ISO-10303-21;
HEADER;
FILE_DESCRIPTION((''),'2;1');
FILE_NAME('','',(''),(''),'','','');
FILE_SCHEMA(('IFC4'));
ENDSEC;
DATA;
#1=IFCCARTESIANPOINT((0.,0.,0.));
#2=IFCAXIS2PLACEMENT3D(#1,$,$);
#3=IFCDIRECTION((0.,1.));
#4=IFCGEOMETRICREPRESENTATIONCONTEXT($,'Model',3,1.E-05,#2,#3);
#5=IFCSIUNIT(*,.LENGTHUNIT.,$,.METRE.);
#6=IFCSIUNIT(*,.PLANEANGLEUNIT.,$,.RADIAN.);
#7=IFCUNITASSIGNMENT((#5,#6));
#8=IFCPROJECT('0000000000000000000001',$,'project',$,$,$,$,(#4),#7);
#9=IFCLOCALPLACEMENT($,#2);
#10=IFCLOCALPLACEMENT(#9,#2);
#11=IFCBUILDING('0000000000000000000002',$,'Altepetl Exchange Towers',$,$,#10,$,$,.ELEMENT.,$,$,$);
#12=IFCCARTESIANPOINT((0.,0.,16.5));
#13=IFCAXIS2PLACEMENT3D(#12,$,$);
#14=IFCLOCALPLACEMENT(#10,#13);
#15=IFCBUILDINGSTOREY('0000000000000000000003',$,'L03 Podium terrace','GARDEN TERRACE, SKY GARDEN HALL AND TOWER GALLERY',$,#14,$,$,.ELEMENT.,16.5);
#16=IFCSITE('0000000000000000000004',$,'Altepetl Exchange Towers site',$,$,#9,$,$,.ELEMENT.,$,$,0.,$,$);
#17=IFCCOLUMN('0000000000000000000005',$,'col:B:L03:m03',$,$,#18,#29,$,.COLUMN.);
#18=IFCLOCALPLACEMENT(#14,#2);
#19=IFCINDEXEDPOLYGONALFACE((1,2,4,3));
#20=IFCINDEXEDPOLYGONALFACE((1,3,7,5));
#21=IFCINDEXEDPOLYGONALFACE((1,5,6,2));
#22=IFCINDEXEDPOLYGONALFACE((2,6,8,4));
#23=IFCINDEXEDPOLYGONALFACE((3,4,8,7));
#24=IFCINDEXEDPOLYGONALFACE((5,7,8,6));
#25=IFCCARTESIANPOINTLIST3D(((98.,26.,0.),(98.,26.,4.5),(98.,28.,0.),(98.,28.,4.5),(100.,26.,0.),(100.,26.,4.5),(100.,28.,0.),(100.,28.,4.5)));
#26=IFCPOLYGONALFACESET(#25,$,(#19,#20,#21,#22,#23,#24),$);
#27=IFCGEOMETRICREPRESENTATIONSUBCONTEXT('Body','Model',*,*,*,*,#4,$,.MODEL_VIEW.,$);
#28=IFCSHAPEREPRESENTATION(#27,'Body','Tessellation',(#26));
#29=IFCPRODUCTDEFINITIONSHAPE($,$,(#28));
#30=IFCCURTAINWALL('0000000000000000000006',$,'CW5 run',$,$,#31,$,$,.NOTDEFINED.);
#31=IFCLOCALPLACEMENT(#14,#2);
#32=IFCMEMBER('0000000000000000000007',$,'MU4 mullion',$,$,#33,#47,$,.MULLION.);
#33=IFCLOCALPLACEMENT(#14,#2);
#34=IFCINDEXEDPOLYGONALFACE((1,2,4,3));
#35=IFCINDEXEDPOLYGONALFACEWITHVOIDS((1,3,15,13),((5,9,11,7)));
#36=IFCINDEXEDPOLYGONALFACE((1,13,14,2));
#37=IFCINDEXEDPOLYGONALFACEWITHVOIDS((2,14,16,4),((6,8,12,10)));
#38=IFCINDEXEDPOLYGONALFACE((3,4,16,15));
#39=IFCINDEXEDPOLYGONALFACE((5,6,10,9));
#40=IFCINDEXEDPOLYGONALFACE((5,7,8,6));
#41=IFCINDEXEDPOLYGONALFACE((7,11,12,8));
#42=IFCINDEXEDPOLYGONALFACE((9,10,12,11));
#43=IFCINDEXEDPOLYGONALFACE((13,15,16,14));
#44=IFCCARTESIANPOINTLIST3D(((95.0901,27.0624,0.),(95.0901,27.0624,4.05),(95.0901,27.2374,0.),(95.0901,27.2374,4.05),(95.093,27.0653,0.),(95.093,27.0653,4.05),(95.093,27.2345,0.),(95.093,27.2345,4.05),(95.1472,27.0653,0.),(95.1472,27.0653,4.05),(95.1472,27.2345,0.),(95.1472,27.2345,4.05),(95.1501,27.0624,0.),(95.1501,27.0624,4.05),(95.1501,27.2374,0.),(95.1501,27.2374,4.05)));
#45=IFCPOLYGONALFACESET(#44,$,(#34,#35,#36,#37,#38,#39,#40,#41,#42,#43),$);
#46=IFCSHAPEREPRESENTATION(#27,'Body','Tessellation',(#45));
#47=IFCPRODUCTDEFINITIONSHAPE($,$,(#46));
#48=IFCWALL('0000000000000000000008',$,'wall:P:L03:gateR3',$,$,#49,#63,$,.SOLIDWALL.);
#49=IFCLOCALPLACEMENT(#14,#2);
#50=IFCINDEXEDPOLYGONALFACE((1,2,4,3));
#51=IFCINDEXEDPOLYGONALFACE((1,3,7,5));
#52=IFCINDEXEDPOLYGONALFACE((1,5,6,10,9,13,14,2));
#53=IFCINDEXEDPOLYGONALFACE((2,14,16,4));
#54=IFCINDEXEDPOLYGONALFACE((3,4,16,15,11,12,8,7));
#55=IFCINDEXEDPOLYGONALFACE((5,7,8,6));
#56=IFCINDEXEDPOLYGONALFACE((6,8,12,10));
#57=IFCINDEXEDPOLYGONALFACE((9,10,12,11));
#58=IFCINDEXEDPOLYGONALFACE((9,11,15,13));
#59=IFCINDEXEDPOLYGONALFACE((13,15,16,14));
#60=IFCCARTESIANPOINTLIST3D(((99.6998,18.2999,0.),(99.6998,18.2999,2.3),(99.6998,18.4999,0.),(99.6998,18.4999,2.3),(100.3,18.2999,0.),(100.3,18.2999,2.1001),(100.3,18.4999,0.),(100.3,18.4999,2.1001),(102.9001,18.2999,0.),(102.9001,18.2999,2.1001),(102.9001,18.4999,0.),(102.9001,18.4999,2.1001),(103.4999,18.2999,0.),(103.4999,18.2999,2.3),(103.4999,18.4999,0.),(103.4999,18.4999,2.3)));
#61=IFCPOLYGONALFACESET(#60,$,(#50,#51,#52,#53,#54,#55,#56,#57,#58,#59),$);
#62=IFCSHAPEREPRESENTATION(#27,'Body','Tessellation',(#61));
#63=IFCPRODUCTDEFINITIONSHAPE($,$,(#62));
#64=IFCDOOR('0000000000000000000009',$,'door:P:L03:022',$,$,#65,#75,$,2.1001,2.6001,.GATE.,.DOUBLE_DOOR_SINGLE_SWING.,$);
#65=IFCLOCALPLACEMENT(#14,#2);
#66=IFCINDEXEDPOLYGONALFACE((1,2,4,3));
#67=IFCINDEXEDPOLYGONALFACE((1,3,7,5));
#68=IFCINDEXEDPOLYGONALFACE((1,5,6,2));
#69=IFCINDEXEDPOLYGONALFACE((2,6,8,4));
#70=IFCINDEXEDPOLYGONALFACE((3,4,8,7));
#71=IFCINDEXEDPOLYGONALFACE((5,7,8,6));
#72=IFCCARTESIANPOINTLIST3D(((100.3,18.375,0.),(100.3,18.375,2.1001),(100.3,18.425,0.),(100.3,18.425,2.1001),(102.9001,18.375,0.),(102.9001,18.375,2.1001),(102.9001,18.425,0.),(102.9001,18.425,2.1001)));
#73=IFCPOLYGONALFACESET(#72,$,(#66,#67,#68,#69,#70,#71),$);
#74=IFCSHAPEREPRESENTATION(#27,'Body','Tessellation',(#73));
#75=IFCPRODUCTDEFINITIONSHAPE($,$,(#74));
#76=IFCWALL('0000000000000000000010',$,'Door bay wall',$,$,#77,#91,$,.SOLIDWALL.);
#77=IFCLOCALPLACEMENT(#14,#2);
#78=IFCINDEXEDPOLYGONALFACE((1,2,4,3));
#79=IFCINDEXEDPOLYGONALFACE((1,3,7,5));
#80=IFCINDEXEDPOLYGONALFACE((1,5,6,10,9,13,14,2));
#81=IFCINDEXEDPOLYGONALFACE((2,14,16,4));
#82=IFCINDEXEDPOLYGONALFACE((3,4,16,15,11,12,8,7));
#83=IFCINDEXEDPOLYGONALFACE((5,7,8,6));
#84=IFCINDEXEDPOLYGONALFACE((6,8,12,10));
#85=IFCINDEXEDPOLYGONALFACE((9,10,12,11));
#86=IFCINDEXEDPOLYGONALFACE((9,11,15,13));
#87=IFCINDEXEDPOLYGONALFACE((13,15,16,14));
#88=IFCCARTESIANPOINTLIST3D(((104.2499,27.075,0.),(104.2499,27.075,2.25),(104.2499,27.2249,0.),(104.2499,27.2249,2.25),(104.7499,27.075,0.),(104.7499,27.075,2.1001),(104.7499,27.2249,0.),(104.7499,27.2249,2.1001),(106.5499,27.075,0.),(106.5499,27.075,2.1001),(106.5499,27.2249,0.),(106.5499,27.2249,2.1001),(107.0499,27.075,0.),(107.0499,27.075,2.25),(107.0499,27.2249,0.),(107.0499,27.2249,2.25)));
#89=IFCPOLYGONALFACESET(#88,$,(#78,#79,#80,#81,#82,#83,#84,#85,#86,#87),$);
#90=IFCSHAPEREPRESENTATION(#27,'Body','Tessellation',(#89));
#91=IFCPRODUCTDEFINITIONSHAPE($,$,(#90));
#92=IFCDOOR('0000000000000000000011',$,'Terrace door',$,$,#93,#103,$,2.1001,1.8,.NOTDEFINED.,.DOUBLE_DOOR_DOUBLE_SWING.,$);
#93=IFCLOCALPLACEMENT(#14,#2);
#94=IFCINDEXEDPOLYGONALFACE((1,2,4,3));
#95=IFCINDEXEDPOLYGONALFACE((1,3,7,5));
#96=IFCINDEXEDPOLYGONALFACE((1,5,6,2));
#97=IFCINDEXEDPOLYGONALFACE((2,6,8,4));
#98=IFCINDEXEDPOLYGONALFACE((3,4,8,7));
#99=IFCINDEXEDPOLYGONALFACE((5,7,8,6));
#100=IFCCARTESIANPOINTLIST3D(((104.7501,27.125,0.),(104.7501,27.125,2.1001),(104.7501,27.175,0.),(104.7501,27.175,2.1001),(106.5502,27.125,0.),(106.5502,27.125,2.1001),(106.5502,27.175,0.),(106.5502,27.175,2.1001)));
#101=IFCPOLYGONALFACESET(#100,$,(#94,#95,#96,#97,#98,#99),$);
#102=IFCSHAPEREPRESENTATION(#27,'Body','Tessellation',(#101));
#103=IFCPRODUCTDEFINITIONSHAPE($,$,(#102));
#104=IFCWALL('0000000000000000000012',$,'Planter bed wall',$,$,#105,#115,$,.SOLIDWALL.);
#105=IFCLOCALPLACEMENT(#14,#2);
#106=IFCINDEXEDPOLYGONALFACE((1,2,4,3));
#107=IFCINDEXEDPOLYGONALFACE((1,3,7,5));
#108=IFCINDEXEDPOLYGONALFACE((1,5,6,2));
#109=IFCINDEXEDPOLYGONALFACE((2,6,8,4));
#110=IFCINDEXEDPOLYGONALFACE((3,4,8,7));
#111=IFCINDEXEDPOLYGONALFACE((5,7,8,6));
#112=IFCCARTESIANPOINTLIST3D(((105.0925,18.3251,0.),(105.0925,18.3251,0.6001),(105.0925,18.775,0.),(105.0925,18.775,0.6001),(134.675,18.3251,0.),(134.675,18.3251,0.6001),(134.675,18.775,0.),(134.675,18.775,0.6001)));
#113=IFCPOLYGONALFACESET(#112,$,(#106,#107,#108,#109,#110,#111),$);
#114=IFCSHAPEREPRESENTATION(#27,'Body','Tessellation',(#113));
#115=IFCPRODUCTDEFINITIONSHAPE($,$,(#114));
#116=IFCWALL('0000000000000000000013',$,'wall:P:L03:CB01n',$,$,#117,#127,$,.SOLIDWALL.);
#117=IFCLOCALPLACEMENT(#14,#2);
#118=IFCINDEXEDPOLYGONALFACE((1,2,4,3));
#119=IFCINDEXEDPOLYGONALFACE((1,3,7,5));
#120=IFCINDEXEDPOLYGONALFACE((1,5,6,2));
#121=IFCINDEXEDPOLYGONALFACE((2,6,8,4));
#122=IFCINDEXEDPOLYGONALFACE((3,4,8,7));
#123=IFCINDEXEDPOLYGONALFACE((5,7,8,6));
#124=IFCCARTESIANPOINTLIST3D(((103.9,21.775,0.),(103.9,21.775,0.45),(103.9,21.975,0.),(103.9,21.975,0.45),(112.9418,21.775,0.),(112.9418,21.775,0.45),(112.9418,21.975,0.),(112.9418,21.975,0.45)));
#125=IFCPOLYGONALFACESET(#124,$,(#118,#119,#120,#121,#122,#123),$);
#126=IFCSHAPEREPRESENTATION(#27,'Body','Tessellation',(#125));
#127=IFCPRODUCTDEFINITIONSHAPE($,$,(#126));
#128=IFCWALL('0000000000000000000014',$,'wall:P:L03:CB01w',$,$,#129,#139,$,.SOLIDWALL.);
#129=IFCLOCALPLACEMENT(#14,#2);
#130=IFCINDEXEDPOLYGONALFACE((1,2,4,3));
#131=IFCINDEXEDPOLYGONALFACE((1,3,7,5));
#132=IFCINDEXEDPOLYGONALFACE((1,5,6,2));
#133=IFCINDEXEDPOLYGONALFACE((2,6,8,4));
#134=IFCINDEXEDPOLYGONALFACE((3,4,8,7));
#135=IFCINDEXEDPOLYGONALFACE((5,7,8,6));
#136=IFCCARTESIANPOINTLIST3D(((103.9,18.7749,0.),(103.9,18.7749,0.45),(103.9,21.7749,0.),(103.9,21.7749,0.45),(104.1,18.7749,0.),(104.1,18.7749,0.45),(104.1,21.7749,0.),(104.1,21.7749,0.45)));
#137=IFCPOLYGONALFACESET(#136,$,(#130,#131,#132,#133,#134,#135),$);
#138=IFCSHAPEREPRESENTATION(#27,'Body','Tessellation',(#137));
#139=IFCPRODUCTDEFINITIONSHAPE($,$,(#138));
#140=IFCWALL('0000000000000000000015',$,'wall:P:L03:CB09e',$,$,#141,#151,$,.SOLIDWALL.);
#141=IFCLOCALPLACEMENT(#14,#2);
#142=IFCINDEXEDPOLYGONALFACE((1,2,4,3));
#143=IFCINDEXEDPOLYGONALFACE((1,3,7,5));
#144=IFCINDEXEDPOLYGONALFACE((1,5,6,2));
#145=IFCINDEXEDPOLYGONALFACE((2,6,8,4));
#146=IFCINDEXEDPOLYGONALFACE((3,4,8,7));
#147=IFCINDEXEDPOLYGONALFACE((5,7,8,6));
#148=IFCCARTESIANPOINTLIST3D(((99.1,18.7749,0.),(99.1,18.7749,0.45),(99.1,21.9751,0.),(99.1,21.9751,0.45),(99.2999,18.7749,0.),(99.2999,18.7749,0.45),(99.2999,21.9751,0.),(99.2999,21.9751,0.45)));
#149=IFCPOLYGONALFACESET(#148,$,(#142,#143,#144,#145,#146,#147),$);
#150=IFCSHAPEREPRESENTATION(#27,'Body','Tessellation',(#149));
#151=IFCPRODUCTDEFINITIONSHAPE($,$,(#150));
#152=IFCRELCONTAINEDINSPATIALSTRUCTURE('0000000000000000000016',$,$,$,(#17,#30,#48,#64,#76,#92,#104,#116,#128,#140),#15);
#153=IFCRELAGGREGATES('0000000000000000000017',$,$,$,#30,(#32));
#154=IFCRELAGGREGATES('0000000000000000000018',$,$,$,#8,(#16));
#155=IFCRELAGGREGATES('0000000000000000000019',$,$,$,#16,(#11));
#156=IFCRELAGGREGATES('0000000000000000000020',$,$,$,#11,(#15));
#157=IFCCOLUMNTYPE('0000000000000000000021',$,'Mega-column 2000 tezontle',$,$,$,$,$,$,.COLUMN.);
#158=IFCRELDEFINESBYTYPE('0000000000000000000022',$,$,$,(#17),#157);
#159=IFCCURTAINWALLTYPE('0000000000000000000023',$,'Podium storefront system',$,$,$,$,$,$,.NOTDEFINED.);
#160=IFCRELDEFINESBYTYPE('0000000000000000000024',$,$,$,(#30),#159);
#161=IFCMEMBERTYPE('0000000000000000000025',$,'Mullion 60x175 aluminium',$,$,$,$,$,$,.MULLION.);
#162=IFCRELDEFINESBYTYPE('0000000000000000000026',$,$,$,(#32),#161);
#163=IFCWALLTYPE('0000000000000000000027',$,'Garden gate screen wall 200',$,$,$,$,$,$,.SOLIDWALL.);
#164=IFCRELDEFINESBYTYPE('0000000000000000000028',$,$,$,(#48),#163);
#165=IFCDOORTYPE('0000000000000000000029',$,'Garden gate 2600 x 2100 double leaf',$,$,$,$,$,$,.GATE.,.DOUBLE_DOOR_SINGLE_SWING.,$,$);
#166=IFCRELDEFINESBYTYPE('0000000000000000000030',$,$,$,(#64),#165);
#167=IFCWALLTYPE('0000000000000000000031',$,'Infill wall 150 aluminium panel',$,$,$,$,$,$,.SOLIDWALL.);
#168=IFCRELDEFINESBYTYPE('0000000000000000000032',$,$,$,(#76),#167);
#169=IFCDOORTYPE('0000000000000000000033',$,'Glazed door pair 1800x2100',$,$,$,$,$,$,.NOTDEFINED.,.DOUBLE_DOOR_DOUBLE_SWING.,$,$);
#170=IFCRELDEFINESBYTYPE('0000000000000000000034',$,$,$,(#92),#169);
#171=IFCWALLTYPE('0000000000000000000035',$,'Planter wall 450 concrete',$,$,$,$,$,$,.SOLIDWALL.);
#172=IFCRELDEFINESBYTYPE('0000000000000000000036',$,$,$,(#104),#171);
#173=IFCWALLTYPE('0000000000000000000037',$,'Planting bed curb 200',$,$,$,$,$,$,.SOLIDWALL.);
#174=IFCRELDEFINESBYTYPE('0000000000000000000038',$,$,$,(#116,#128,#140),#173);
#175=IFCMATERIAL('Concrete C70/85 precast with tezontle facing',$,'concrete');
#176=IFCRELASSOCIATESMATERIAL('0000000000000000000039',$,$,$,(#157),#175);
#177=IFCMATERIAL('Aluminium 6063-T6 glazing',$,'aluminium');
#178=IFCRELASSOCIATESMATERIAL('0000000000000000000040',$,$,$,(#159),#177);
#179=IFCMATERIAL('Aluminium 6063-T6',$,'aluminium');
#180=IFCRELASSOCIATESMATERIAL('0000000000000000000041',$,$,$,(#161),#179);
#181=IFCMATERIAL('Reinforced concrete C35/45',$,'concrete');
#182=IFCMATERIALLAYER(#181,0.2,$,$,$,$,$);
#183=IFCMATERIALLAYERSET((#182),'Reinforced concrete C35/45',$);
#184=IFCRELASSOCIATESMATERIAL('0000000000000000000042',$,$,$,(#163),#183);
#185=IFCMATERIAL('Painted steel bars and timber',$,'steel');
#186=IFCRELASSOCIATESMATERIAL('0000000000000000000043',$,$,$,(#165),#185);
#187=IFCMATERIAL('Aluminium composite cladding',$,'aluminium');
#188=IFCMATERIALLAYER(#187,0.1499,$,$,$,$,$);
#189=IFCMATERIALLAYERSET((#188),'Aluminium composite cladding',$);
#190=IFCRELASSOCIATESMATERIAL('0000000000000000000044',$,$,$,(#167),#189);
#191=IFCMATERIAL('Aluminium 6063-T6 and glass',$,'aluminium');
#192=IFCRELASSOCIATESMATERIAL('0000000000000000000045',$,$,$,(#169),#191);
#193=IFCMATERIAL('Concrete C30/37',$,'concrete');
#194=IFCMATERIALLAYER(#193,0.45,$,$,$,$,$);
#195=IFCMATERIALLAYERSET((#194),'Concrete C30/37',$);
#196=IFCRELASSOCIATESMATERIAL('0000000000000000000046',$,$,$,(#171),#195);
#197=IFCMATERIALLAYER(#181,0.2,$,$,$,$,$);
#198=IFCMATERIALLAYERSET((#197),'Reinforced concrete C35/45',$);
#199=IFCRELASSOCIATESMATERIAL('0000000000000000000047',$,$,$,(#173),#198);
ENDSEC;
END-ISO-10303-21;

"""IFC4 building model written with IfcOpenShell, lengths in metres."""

from ifc_helpers import new_model, si_unit, direction, frame, frame_2d, origin, origin_2d, place, context, subcontext, project, spatial, rectangle, hollow_rectangle, extrude, material, layer, layer_set, material_profile, profile_set, type_object, element, fill, aggregate, save


model = new_model("IFC4")

# Units and contexts
model_context = context("Model", 3, precision=1e-05, world=origin(), true_north=direction((0.0, 1.0)))
body_context = subcontext(model_context, "Body", "Model", "MODEL_VIEW")
ifc_project = project(units=[si_unit("LENGTHUNIT", "METRE"), si_unit("PLANEANGLEUNIT", "RADIAN")], contexts=[model_context])

# Site, building, storey
site_placement = place(None, origin())
site = spatial("IfcSite", under=ifc_project, at=site_placement, Name="Altepetl Exchange Towers site", CompositionType="ELEMENT", RefElevation=0.0)
building_placement = place(site_placement, origin())
building = spatial("IfcBuilding", under=site, at=building_placement, Name="Altepetl Exchange Towers", CompositionType="ELEMENT")
storey_placement = place(building_placement, frame((0.0, 0.0, 16.5)))
storey = spatial("IfcBuildingStorey", under=building, at=storey_placement, Name="L03 Podium terrace", Description="GARDEN TERRACE, SKY GARDEN HALL AND TOWER GALLERY", CompositionType="ELEMENT", Elevation=16.5)

# Column
ifc_material_1 = material(Name="Concrete C70/85 precast with tezontle facing", Category="concrete")
ifc_material_profile_1 = material_profile(ifc_material_1, rectangle(XDim=2.0, YDim=2.0, at=origin_2d()), Name="2000 x 2000")
ifc_profile_set_1 = profile_set([ifc_material_profile_1], Name="Concrete C70/85 precast with tezontle facing")
column_type = type_object("IfcColumnType", Name="Mega-column 2000 tezontle", PredefinedType="COLUMN", material=ifc_profile_set_1)
column_placement = place(storey_placement, frame((99.0, 27.0, 0.0)))
element("IfcColumn", 1, at=column_placement, inside=storey, type_object=column_type, Name="col:B:L03:m03", PredefinedType="COLUMN", context=body_context, shape_type="SweptSolid", body=[
    extrude(rectangle(XDim=2.0, YDim=2.0, at=origin_2d()), origin(), (0.0, 0.0, 1.0), 4.5),
])

# Curtain wall, member
ifc_material_2 = material(Name="Aluminium 6063-T6 glazing", Category="aluminium")
curtain_wall_type = type_object("IfcCurtainWallType", Name="Podium storefront system", PredefinedType="NOTDEFINED", material=ifc_material_2)
curtain_wall_placement = place(storey_placement, origin())
curtain_wall = element("IfcCurtainWall", 2, at=curtain_wall_placement, inside=storey, type_object=curtain_wall_type, Name="CW5 run", PredefinedType="NOTDEFINED")
ifc_material_3 = material(Name="Aluminium 6063-T6", Category="aluminium")
ifc_material_profile_2 = material_profile(ifc_material_3, hollow_rectangle(XDim=0.0601, YDim=0.175, WallThickness=0.0029, at=origin_2d()), Name="Mullion 60x175 aluminium")
ifc_profile_set_2 = profile_set([ifc_material_profile_2], Name="Aluminium 6063-T6")
member_type = type_object("IfcMemberType", Name="Mullion 60x175 aluminium", PredefinedType="MULLION", material=ifc_profile_set_2)
member_placement = place(storey_placement, frame((95.1201, 27.1499, 0.0)))
member = element("IfcMember", 3, at=member_placement, type_object=member_type, Name="MU4 mullion", PredefinedType="MULLION", context=body_context, shape_type="SweptSolid", body=[
    extrude(hollow_rectangle(XDim=0.0601, YDim=0.175, WallThickness=0.0029, at=origin_2d()), origin(), (0.0, 0.0, 1.0), 4.05),
])
aggregate(curtain_wall, [member])

# Walls, openings, doors
ifc_material_4 = material(Name="Reinforced concrete C35/45", Category="concrete")
ifc_layer_1 = layer(ifc_material_4, 0.2)
ifc_layer_set_1 = layer_set([ifc_layer_1], Name="Reinforced concrete C35/45")
wall_type_1 = type_object("IfcWallType", Name="Garden gate screen wall 200", PredefinedType="SOLIDWALL", material=ifc_layer_set_1)
wall_1_placement = place(storey_placement, frame((99.7, 18.3999, 0.0)))
wall_1 = element("IfcWall", 4, at=wall_1_placement, inside=storey, type_object=wall_type_1, Name="wall:P:L03:gateR3", PredefinedType="SOLIDWALL", context=body_context, shape_type="SweptSolid", body=[
    extrude(rectangle(XDim=3.8, YDim=0.2, at=frame_2d((1.8999, 0.0))), origin(), (0.0, 0.0, 1.0), 2.3),
])
opening_1_placement = place(wall_1_placement, frame((0.6001, 0.0, 0.0)))
opening_1 = element("IfcOpeningElement", 5, at=opening_1_placement, cuts=wall_1, PredefinedType="OPENING", context=body_context, shape_type="SweptSolid", body=[
    extrude(rectangle(XDim=2.6001, YDim=2.1001, at=frame_2d((1.3, 1.05))), frame((0.0, 0.1099, 0.0), z_axis=(0.0, -1.0, 0.0), x_axis=(1.0, 0.0, 0.0)), (0.0, 0.0, 1.0), 0.22),
])
ifc_material_5 = material(Name="Painted steel bars and timber", Category="steel")
door_type_1 = type_object("IfcDoorType", Name="Garden gate 2600 x 2100 double leaf", OperationType="DOUBLE_DOOR_SINGLE_SWING", PredefinedType="GATE", material=ifc_material_5)
door_1_placement = place(opening_1_placement, frame((2.6001, 0.0, 0.0), x_axis=(-1.0, 0.0, 0.0)))
door_1 = element("IfcDoor", 6, at=door_1_placement, inside=storey, type_object=door_type_1, Name="door:P:L03:022", OperationType="DOUBLE_DOOR_SINGLE_SWING", OverallHeight=2.1001, OverallWidth=2.6001, PredefinedType="GATE", context=body_context, shape_type="SweptSolid", body=[
    extrude(rectangle(XDim=2.6001, YDim=2.1001, at=frame_2d((1.3, 1.05))), frame((0.0, 0.0249, 0.0), z_axis=(0.0, -1.0, 0.0), x_axis=(1.0, 0.0, 0.0)), (0.0, 0.0, 1.0), 0.05),
])
fill(opening_1, door_1)
ifc_material_6 = material(Name="Aluminium composite cladding", Category="aluminium")
ifc_layer_2 = layer(ifc_material_6, 0.1499)
ifc_layer_set_2 = layer_set([ifc_layer_2], Name="Aluminium composite cladding")
wall_type_2 = type_object("IfcWallType", Name="Infill wall 150 aluminium panel", PredefinedType="SOLIDWALL", material=ifc_layer_set_2)
ifc_material_7 = material(Name="Aluminium 6063-T6 and glass", Category="aluminium")
wall_2_placement = place(storey_placement, frame((104.25, 27.1499, 0.0)))
wall_2 = element("IfcWall", 7, at=wall_2_placement, inside=storey, type_object=wall_type_2, Name="Door bay wall", PredefinedType="SOLIDWALL", context=body_context, shape_type="SweptSolid", body=[
    extrude(rectangle(XDim=2.8, YDim=0.1499, at=frame_2d((1.3999, 0.0))), origin(), (0.0, 0.0, 1.0), 2.25),
])
opening_2_placement = place(wall_2_placement, frame((0.5, 0.0, 0.0)))
opening_2 = element("IfcOpeningElement", 8, at=opening_2_placement, cuts=wall_2, PredefinedType="OPENING", context=body_context, shape_type="SweptSolid", body=[
    extrude(rectangle(XDim=1.8, YDim=2.1001, at=frame_2d((0.8999, 1.05))), frame((0.0, 0.085, 0.0), z_axis=(0.0, -1.0, 0.0), x_axis=(1.0, 0.0, 0.0)), (0.0, 0.0, 1.0), 0.1699),
])
door_type_2 = type_object("IfcDoorType", Name="Glazed door pair 1800x2100", OperationType="DOUBLE_DOOR_DOUBLE_SWING", PredefinedType="NOTDEFINED", material=ifc_material_7)
door_2_placement = place(opening_2_placement, frame((1.8, 0.0, 0.0), x_axis=(-1.0, 0.0, 0.0)))
door_2 = element("IfcDoor", 9, at=door_2_placement, inside=storey, type_object=door_type_2, Name="Terrace door", OperationType="DOUBLE_DOOR_DOUBLE_SWING", OverallHeight=2.1001, OverallWidth=1.8, PredefinedType="NOTDEFINED", context=body_context, shape_type="SweptSolid", body=[
    extrude(rectangle(XDim=1.8, YDim=2.1001, at=frame_2d((0.8999, 1.05))), frame((0.0, 0.0249, 0.0), z_axis=(0.0, -1.0, 0.0), x_axis=(1.0, 0.0, 0.0)), (0.0, 0.0, 1.0), 0.05),
])
fill(opening_2, door_2)

# Walls
ifc_material_8 = material(Name="Concrete C30/37", Category="concrete")
ifc_layer_3 = layer(ifc_material_8, 0.45)
ifc_layer_set_3 = layer_set([ifc_layer_3], Name="Concrete C30/37")
wall_type_3 = type_object("IfcWallType", Name="Planter wall 450 concrete", PredefinedType="SOLIDWALL", material=ifc_layer_set_3)
wall_3_placement = place(storey_placement, frame((105.0925, 18.55, 0.0)))
element("IfcWall", 10, at=wall_3_placement, inside=storey, type_object=wall_type_3, Name="Planter bed wall", PredefinedType="SOLIDWALL", context=body_context, shape_type="SweptSolid", body=[
    extrude(rectangle(XDim=29.5825, YDim=0.45, at=frame_2d((14.7913, 0.0))), origin(), (0.0, 0.0, 1.0), 0.6001),
])
ifc_layer_4 = layer(ifc_material_4, 0.2)
ifc_layer_set_4 = layer_set([ifc_layer_4], Name="Reinforced concrete C35/45")
wall_type_4 = type_object("IfcWallType", Name="Planting bed curb 200", PredefinedType="SOLIDWALL", material=ifc_layer_set_4)
wall_4_placement = place(storey_placement, frame((103.8999, 21.875, 0.0)))
element("IfcWall", 11, at=wall_4_placement, inside=storey, type_object=wall_type_4, Name="wall:P:L03:CB01n", PredefinedType="SOLIDWALL", context=body_context, shape_type="SweptSolid", body=[
    extrude(rectangle(XDim=9.0417, YDim=0.2, at=frame_2d((4.521, 0.0))), origin(), (0.0, 0.0, 1.0), 0.45),
])
wall_5_placement = place(storey_placement, frame((104.0, 18.7749, 0.0), z_axis=(0.0, 0.0, 1.0), x_axis=(0.0, 1.0, 0.0)))
element("IfcWall", 12, at=wall_5_placement, inside=storey, type_object=wall_type_4, Name="wall:P:L03:CB01w", PredefinedType="SOLIDWALL", context=body_context, shape_type="SweptSolid", body=[
    extrude(rectangle(XDim=3.0, YDim=0.2, at=frame_2d((1.5, 0.0))), origin(), (0.0, 0.0, 1.0), 0.45),
])
wall_6_placement = place(storey_placement, frame((99.2, 18.7749, 0.0), z_axis=(0.0, 0.0, 1.0), x_axis=(0.0, 1.0, 0.0)))
element("IfcWall", 13, at=wall_6_placement, inside=storey, type_object=wall_type_4, Name="wall:P:L03:CB09e", PredefinedType="SOLIDWALL", context=body_context, shape_type="SweptSolid", body=[
    extrude(rectangle(XDim=3.2002, YDim=0.2, at=frame_2d((1.6001, 0.0))), origin(), (0.0, 0.0, 1.0), 0.45),
])

save(model, "model.ifc")
